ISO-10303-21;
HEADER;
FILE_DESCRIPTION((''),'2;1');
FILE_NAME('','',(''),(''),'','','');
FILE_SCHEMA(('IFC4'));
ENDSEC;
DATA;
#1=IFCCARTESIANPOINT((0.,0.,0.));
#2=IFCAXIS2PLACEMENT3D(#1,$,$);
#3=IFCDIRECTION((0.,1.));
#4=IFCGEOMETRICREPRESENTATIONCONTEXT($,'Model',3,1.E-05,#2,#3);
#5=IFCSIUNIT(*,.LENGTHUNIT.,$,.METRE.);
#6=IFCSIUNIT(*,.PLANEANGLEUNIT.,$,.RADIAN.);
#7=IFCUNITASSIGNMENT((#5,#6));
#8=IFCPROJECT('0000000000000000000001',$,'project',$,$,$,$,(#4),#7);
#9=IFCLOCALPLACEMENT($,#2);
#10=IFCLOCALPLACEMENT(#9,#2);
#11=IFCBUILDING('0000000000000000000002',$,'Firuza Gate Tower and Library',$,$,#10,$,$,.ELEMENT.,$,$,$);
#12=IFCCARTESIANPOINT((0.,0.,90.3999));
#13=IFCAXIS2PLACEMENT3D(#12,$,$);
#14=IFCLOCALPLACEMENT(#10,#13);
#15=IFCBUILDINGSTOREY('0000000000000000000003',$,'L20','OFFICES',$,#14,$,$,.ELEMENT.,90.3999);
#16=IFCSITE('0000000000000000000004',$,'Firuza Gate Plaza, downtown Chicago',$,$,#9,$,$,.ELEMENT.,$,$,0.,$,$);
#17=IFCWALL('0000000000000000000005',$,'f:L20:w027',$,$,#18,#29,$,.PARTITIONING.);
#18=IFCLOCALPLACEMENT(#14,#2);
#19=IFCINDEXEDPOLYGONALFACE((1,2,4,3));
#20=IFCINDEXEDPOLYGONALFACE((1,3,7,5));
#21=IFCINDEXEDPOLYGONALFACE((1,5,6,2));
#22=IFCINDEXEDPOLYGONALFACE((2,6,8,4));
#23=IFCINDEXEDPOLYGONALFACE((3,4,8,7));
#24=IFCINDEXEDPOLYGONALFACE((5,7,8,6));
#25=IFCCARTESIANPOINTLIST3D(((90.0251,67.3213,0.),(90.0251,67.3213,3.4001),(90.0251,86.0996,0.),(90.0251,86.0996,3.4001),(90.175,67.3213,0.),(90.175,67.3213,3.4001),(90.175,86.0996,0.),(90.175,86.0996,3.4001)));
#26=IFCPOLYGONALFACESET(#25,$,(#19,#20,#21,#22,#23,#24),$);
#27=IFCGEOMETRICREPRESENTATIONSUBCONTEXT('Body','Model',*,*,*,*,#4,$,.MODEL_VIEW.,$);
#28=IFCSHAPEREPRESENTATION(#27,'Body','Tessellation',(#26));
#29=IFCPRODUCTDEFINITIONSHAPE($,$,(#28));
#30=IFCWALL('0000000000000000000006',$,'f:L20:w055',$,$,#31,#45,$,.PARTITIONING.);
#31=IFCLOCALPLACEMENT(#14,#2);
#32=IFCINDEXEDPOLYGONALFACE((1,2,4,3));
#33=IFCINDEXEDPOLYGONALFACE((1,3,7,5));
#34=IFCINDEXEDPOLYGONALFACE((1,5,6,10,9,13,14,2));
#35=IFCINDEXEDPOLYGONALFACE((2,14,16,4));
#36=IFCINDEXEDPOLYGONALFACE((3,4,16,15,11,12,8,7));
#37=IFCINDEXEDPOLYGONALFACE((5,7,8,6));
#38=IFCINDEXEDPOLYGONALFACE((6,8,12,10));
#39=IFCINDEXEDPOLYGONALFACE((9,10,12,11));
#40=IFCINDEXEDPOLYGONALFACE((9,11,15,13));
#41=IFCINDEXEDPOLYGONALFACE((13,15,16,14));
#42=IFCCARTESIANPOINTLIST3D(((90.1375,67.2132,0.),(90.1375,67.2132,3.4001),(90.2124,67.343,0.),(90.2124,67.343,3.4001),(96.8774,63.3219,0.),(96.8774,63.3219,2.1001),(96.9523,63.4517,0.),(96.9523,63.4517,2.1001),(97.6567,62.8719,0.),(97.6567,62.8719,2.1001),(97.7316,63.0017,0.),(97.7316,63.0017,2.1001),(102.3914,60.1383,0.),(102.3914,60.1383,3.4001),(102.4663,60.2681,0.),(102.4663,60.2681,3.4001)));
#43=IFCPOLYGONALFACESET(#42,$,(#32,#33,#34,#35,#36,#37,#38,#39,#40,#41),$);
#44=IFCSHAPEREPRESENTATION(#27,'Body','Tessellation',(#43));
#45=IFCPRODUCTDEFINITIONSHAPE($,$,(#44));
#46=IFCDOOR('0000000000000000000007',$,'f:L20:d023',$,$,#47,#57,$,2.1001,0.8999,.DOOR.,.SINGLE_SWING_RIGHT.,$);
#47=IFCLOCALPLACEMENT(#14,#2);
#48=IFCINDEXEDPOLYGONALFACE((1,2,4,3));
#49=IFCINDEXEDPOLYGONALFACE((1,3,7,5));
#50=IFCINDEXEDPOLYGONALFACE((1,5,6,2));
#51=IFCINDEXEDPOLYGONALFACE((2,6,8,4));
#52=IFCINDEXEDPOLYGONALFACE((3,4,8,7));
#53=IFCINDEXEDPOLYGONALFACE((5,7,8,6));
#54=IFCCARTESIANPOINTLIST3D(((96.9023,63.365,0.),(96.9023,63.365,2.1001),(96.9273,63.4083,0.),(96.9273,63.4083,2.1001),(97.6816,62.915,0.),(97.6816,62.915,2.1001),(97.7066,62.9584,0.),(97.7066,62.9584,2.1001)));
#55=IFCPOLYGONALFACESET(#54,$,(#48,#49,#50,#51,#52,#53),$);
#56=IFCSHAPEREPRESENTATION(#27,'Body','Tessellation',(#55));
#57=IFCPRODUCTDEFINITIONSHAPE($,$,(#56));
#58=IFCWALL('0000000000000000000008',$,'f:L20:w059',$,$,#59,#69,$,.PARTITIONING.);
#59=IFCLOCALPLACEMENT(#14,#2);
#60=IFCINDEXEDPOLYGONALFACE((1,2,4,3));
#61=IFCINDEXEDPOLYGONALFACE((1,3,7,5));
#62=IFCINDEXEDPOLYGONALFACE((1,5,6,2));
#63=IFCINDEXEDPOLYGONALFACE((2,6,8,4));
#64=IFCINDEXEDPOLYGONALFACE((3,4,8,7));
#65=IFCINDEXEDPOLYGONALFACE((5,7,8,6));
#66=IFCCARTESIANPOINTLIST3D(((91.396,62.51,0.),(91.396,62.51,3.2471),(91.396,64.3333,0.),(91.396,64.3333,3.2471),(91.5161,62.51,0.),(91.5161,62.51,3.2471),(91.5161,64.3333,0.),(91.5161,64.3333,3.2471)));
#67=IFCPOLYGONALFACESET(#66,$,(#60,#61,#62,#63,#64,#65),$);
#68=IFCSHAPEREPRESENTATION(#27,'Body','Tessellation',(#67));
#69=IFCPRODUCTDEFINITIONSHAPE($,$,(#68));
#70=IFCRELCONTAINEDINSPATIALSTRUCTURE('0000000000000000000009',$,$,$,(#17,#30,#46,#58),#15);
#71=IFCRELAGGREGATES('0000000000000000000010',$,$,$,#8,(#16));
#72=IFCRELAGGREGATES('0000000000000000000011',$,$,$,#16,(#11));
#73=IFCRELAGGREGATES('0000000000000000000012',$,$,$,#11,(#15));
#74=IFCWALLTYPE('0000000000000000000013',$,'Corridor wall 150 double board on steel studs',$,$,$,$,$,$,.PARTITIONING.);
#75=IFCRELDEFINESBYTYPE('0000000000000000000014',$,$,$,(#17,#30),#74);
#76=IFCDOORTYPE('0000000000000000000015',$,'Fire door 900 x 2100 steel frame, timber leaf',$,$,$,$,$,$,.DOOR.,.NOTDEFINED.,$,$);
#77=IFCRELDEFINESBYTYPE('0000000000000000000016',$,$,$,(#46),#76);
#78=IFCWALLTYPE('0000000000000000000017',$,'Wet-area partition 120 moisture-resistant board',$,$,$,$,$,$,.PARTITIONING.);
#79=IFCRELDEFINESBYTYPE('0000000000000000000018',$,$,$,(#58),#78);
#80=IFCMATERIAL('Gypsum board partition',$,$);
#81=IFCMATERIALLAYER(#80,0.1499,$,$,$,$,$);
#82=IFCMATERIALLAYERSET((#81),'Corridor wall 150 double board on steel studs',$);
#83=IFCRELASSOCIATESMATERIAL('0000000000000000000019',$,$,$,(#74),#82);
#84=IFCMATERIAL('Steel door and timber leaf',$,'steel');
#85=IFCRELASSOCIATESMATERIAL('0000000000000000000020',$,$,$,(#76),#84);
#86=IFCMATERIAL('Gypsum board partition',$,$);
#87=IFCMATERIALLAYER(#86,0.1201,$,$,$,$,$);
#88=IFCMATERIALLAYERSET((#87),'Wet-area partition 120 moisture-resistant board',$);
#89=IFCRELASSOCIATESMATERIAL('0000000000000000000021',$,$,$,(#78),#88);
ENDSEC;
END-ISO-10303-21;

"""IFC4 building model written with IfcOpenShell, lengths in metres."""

from ifc_helpers import new_model, si_unit, direction, frame, frame_2d, origin, place, context, subcontext, project, spatial, rectangle, extrude, material, layer, layer_set, type_object, element, fill, save


model = new_model("IFC4")

# Units and contexts
model_context = context("Model", 3, precision=1e-05, world=origin(), true_north=direction((0.0, 1.0)))
body_context = subcontext(model_context, "Body", "Model", "MODEL_VIEW")
ifc_project = project(units=[si_unit("LENGTHUNIT", "METRE"), si_unit("PLANEANGLEUNIT", "RADIAN")], contexts=[model_context])

# Site, building, storey
site_placement = place(None, origin())
site = spatial("IfcSite", under=ifc_project, at=site_placement, Name="Firuza Gate Plaza, downtown Chicago", CompositionType="ELEMENT", RefElevation=0.0)
building_placement = place(site_placement, origin())
building = spatial("IfcBuilding", under=site, at=building_placement, Name="Firuza Gate Tower and Library", CompositionType="ELEMENT")
storey_placement = place(building_placement, frame((0.0, 0.0, 90.3999)))
storey = spatial("IfcBuildingStorey", under=building, at=storey_placement, Name="L20", Description="OFFICES", CompositionType="ELEMENT", Elevation=90.3999)

# Shared definitions
ifc_material_1 = material(Name="Gypsum board partition")
ifc_layer_1 = layer(ifc_material_1, 0.1499)
ifc_layer_set_1 = layer_set([ifc_layer_1], Name="Corridor wall 150 double board on steel studs")
wall_type_1 = type_object("IfcWallType", Name="Corridor wall 150 double board on steel studs", PredefinedType="PARTITIONING", material=ifc_layer_set_1)

# Wall
wall_1_placement = place(storey_placement, frame((90.1001, 67.3213, 0.0), z_axis=(0.0, 0.0, 1.0), x_axis=(0.0, 1.0, 0.0)))
element("IfcWall", 1, at=wall_1_placement, inside=storey, type_object=wall_type_1, Name="f:L20:w027", PredefinedType="PARTITIONING", context=body_context, shape_type="SweptSolid", body=[
    extrude(rectangle(XDim=18.7783, YDim=0.1499, at=frame_2d((9.3892, 0.0))), origin(), (0.0, 0.0, 1.0), 3.4001),
])

# Wall, opening, door
wall_2_placement = place(storey_placement, frame((90.175, 67.2781, 0.0), z_axis=(0.0, 0.0, 1.0), x_axis=(0.866021, -0.500008, 0.0)))
wall_2 = element("IfcWall", 2, at=wall_2_placement, inside=storey, type_object=wall_type_1, Name="f:L20:w055", PredefinedType="PARTITIONING", context=body_context, shape_type="SweptSolid", body=[
    extrude(rectangle(XDim=14.1497, YDim=0.1499, at=frame_2d((7.0747, 0.0))), origin(), (0.0, 0.0, 1.0), 3.4001),
])
opening_1_placement = place(wall_2_placement, frame((7.7825, 0.0, 0.0)))
opening_1 = element("IfcOpeningElement", 3, at=opening_1_placement, cuts=wall_2, PredefinedType="OPENING", context=body_context, shape_type="SweptSolid", body=[
    extrude(rectangle(XDim=0.8999, YDim=2.1001, at=frame_2d((0.45, 1.05))), frame((0.0, 0.085, 0.0), z_axis=(0.0, -1.0, 0.0), x_axis=(1.0, 0.0, 0.0)), (0.0, 0.0, 1.0), 0.1699),
])
ifc_material_2 = material(Name="Steel door and timber leaf", Category="steel")
door_type_1 = type_object("IfcDoorType", Name="Fire door 900 x 2100 steel frame, timber leaf", OperationType="NOTDEFINED", PredefinedType="DOOR", material=ifc_material_2)
door_1_placement = place(opening_1_placement, origin())
door_1 = element("IfcDoor", 4, at=door_1_placement, inside=storey, type_object=door_type_1, Name="f:L20:d023", OperationType="SINGLE_SWING_RIGHT", OverallHeight=2.1001, OverallWidth=0.8999, PredefinedType="DOOR", context=body_context, shape_type="SweptSolid", body=[
    extrude(rectangle(XDim=0.8999, YDim=2.1001, at=frame_2d((0.45, 1.05))), frame((0.0, 0.0249, 0.0), z_axis=(0.0, -1.0, 0.0), x_axis=(1.0, 0.0, 0.0)), (0.0, 0.0, 1.0), 0.05),
])
fill(opening_1, door_1)

# Wall
ifc_material_3 = material(Name="Gypsum board partition")
ifc_layer_2 = layer(ifc_material_3, 0.1201)
ifc_layer_set_2 = layer_set([ifc_layer_2], Name="Wet-area partition 120 moisture-resistant board")
wall_type_2 = type_object("IfcWallType", Name="Wet-area partition 120 moisture-resistant board", PredefinedType="PARTITIONING", material=ifc_layer_set_2)
wall_3_placement = place(storey_placement, frame((91.4561, 62.51, 0.0), z_axis=(0.0, 0.0, 1.0), x_axis=(0.0, 1.0, 0.0)))
element("IfcWall", 5, at=wall_3_placement, inside=storey, type_object=wall_type_2, Name="f:L20:w059", PredefinedType="PARTITIONING", context=body_context, shape_type="SweptSolid", body=[
    extrude(rectangle(XDim=1.8232, YDim=0.1201, at=frame_2d((0.9116, 0.0))), origin(), (0.0, 0.0, 1.0), 3.2471),
])

save(model, "model.ifc")
